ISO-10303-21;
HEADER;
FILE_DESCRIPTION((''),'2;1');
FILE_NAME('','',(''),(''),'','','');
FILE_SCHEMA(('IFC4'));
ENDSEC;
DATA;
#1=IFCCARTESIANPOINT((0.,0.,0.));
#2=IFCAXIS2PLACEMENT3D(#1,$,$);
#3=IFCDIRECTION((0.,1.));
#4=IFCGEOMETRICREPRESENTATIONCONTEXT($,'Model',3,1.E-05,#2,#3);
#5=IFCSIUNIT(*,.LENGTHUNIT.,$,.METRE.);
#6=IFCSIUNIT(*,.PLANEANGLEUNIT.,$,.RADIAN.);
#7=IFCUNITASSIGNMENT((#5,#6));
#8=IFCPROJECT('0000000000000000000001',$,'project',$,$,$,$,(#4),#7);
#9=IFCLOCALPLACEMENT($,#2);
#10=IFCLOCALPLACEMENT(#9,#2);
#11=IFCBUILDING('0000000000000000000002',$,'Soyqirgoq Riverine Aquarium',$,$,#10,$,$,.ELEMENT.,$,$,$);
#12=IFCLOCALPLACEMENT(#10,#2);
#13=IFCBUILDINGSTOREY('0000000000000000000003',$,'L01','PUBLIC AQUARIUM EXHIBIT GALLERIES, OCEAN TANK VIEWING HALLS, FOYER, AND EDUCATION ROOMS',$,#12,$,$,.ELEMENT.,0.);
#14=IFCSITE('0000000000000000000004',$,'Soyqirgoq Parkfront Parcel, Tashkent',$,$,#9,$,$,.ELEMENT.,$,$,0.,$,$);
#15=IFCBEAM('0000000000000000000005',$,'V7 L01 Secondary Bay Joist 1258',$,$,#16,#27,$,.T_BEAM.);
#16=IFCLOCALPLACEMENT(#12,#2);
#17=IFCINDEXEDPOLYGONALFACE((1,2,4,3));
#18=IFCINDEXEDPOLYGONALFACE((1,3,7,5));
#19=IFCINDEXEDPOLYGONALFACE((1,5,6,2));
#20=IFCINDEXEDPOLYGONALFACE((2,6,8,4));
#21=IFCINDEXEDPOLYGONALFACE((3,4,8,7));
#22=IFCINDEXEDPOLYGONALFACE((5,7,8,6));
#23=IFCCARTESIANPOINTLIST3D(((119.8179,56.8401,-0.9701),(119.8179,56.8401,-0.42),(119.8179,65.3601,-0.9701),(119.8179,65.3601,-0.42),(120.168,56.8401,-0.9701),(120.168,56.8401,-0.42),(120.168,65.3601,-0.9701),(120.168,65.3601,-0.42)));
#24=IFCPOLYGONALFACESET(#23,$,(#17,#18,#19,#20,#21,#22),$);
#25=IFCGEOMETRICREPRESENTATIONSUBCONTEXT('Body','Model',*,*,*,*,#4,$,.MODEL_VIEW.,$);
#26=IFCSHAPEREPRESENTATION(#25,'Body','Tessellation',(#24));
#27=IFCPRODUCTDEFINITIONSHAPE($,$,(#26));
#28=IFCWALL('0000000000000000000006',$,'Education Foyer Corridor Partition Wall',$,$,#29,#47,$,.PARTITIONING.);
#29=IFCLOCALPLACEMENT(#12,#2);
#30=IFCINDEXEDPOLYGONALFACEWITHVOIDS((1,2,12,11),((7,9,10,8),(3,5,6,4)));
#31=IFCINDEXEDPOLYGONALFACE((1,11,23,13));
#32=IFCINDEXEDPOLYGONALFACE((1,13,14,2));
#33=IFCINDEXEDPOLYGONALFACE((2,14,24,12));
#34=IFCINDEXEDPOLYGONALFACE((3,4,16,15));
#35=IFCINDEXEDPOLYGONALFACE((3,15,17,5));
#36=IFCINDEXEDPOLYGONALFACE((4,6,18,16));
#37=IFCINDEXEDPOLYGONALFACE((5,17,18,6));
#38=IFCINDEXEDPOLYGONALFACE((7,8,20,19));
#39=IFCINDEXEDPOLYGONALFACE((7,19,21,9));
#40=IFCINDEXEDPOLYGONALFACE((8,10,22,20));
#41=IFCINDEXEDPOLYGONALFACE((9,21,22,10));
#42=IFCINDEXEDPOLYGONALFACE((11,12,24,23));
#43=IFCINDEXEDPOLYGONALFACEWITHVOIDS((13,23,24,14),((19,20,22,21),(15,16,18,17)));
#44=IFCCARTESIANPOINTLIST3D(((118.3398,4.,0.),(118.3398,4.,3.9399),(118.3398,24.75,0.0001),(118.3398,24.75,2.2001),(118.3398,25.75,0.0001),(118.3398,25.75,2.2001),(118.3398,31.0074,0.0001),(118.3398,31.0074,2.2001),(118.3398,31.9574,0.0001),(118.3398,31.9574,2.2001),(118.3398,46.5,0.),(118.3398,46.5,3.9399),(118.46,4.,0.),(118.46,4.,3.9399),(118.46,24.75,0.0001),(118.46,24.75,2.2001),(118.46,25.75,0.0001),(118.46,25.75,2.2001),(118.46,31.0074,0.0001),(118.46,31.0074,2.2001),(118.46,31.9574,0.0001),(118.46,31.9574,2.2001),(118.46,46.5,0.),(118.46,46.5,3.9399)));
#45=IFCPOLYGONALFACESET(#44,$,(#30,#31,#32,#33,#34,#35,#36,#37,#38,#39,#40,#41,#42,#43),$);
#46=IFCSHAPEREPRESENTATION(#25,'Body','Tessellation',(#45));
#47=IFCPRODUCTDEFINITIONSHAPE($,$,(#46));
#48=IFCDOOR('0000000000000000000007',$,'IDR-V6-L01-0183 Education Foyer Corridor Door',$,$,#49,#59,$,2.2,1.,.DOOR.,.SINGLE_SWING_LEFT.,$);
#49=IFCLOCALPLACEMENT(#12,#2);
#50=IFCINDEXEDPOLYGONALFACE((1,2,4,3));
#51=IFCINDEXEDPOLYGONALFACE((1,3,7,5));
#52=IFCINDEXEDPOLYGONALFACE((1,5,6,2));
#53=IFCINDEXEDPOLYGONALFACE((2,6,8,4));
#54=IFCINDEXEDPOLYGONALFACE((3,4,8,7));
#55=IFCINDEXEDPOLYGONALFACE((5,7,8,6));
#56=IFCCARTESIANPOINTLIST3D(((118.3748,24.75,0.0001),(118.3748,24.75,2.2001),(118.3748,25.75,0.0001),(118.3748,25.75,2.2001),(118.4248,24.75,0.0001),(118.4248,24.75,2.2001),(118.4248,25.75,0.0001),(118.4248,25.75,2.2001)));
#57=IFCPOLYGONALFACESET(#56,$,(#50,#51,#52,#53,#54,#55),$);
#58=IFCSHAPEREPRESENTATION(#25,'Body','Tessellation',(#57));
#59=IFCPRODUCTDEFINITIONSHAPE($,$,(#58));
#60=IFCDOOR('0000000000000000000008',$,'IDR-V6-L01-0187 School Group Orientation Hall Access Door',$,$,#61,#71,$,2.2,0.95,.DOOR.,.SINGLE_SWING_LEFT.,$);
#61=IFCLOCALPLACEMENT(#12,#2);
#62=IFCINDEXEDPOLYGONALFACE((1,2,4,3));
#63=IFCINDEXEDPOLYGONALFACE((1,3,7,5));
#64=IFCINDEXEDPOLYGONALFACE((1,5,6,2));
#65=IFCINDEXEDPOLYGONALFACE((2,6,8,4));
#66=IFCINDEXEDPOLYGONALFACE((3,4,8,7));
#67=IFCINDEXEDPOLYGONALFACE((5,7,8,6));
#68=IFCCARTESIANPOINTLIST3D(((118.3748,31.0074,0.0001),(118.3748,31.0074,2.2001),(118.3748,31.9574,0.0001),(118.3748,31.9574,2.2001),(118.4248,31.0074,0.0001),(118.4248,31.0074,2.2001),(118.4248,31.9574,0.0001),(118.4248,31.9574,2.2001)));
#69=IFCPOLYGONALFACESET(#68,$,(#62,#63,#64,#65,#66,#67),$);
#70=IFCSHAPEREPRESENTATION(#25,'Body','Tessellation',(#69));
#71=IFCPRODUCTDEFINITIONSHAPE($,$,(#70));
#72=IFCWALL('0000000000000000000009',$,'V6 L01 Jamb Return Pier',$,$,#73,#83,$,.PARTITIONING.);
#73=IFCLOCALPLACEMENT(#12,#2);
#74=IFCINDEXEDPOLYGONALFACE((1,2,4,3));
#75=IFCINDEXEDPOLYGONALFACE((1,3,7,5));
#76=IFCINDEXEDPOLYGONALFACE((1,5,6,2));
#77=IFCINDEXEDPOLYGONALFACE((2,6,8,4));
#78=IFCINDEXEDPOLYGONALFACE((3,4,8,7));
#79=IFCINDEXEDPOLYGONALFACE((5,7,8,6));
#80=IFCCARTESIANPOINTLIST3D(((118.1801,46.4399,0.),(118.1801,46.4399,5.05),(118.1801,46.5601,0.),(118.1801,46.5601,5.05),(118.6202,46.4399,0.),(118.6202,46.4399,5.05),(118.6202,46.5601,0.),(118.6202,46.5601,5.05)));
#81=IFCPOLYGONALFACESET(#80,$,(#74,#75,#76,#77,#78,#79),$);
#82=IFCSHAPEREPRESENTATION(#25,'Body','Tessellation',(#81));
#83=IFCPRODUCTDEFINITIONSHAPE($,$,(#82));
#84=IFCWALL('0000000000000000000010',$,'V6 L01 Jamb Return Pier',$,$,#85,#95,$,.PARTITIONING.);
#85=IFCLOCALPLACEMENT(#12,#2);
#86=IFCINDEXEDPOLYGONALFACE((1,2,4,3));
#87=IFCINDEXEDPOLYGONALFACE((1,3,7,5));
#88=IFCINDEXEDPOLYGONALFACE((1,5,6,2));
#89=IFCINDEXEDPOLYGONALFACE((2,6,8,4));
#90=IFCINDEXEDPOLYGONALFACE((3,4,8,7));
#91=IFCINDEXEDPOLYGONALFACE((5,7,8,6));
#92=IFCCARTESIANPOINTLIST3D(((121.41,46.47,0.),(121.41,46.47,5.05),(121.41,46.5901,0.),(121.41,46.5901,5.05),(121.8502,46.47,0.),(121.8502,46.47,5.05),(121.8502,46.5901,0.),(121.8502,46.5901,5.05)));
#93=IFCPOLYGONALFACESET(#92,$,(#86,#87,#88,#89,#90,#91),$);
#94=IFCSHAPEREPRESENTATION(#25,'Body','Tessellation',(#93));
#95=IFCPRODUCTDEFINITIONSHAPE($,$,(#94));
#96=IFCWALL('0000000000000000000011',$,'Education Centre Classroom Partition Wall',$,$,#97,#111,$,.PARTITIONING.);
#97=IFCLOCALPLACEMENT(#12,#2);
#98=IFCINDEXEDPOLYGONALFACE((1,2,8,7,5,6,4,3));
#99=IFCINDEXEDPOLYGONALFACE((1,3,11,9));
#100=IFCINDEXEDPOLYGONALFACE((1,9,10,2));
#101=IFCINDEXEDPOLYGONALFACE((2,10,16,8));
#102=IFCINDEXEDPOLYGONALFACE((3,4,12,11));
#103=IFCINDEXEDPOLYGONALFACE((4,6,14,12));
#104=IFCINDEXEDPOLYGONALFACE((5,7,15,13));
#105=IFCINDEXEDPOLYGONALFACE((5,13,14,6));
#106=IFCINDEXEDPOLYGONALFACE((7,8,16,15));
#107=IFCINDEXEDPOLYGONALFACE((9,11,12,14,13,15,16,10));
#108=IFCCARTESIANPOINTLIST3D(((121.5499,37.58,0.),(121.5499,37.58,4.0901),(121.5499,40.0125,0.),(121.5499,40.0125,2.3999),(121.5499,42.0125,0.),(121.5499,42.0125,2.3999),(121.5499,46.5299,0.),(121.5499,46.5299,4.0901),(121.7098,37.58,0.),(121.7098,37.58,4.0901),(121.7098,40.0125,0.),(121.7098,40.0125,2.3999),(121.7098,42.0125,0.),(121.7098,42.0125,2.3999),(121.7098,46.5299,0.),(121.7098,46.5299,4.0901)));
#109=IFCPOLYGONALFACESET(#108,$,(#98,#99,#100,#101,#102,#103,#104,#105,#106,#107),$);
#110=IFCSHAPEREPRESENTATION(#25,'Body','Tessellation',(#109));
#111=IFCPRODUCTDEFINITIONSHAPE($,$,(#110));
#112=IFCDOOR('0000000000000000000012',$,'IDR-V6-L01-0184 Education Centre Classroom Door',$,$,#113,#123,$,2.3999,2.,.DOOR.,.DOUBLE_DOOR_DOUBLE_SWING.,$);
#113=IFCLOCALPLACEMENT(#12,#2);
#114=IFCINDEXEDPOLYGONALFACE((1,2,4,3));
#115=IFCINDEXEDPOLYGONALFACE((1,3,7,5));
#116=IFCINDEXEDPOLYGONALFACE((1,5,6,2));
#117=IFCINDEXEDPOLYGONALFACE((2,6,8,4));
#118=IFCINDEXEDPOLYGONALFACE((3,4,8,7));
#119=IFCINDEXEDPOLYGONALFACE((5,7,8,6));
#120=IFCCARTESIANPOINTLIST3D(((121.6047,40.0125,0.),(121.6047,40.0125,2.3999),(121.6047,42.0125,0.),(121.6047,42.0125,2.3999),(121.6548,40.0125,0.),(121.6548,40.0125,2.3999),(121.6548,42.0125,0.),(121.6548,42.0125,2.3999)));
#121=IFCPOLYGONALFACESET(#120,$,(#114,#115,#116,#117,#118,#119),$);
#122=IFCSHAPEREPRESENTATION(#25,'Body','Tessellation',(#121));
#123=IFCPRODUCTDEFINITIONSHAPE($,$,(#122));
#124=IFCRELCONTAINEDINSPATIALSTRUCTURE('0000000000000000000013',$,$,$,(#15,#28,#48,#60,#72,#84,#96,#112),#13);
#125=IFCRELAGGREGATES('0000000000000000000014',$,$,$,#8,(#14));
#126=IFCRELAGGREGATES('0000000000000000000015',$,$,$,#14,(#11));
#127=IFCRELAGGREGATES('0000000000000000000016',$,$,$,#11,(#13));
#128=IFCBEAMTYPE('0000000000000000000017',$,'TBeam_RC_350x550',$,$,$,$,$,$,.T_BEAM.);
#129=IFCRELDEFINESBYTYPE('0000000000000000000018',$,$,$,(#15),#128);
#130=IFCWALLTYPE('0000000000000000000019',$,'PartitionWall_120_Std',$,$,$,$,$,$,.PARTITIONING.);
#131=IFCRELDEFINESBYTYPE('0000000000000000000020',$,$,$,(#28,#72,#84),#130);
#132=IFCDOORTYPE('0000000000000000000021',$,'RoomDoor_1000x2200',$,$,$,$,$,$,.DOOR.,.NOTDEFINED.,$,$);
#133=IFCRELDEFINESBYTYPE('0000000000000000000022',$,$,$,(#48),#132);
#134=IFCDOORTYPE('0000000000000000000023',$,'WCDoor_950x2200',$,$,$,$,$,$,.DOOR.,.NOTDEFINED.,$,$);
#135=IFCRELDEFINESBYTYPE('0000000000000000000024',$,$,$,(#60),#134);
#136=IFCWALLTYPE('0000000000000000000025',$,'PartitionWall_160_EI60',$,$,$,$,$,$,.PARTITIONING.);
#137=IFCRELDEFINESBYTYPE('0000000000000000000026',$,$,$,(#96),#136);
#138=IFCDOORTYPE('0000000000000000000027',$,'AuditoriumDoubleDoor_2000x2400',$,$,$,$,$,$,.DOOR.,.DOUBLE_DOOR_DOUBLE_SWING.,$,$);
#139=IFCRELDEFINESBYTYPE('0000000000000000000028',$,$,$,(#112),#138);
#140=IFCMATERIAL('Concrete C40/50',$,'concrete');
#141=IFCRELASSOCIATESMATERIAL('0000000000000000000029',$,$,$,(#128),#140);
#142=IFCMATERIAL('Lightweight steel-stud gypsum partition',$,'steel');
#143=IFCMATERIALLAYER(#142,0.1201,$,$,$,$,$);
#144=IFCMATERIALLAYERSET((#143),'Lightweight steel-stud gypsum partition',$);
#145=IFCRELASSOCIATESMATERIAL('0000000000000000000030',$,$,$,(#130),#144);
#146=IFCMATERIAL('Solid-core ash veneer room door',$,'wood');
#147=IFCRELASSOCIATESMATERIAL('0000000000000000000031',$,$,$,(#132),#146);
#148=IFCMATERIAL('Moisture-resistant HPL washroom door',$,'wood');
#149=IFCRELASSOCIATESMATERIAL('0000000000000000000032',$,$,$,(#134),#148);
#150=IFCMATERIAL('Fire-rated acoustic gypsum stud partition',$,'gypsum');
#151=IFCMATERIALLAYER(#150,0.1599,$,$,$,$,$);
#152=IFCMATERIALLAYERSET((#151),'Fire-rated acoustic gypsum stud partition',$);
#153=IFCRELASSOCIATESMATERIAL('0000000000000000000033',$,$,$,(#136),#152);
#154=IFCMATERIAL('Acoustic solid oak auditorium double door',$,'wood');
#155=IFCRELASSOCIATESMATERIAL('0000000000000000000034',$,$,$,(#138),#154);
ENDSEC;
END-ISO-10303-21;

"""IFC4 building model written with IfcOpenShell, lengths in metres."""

from ifc_helpers import new_model, si_unit, direction, frame, frame_2d, origin, origin_2d, place, context, subcontext, project, spatial, rectangle, extrude, material, layer, layer_set, material_profile, profile_set, type_object, element, fill, save


model = new_model("IFC4")

# Units and contexts
model_context = context("Model", 3, precision=1e-05, world=origin(), true_north=direction((0.0, 1.0)))
body_context = subcontext(model_context, "Body", "Model", "MODEL_VIEW")
ifc_project = project(units=[si_unit("LENGTHUNIT", "METRE"), si_unit("PLANEANGLEUNIT", "RADIAN")], contexts=[model_context])

# Site, building, storey
site_placement = place(None, origin())
site = spatial("IfcSite", under=ifc_project, at=site_placement, Name="Soyqirgoq Parkfront Parcel, Tashkent", CompositionType="ELEMENT", RefElevation=0.0)
building_placement = place(site_placement, origin())
building = spatial("IfcBuilding", under=site, at=building_placement, Name="Soyqirgoq Riverine Aquarium", CompositionType="ELEMENT")
storey_placement = place(building_placement, origin())
storey = spatial("IfcBuildingStorey", under=building, at=storey_placement, Name="L01", Description="PUBLIC AQUARIUM EXHIBIT GALLERIES, OCEAN TANK VIEWING HALLS, FOYER, AND EDUCATION ROOMS", CompositionType="ELEMENT", Elevation=0.0)

# Beam
ifc_material_1 = material(Name="Concrete C40/50", Category="concrete")
ifc_material_profile_1 = material_profile(ifc_material_1, rectangle(XDim=0.3501, YDim=0.55, at=origin_2d()), Name="RC 350x550")
ifc_profile_set_1 = profile_set([ifc_material_profile_1], Name="Concrete C40/50")
beam_type_1 = type_object("IfcBeamType", Name="TBeam_RC_350x550", PredefinedType="T_BEAM", material=ifc_profile_set_1)
beam_1_placement = place(storey_placement, frame((119.9929, 56.8401, -0.6951), z_axis=(0.0, 1.0, 0.0), x_axis=(-1.0, 0.0, 0.0)))
element("IfcBeam", 1, at=beam_1_placement, inside=storey, type_object=beam_type_1, Name="V7 L01 Secondary Bay Joist 1258", PredefinedType="T_BEAM", context=body_context, shape_type="SweptSolid", body=[
    extrude(rectangle(XDim=0.3501, YDim=0.55, at=origin_2d()), origin(), (0.0, 0.0, 1.0), 8.52),
])

# Wall, openings, doors
ifc_material_2 = material(Name="Lightweight steel-stud gypsum partition", Category="steel")
ifc_layer_1 = layer(ifc_material_2, 0.1201)
ifc_layer_set_1 = layer_set([ifc_layer_1], Name="Lightweight steel-stud gypsum partition")
wall_type_1 = type_object("IfcWallType", Name="PartitionWall_120_Std", PredefinedType="PARTITIONING", material=ifc_layer_set_1)
wall_1_placement = place(storey_placement, frame((118.3999, 46.5, 0.0), z_axis=(0.0, 0.0, 1.0), x_axis=(0.0, -1.0, 0.0)))
wall_1 = element("IfcWall", 2, at=wall_1_placement, inside=storey, type_object=wall_type_1, Name="Education Foyer Corridor Partition Wall", PredefinedType="PARTITIONING", context=body_context, shape_type="SweptSolid", body=[
    extrude(rectangle(XDim=42.5, YDim=0.1201, at=frame_2d((21.25, 0.0))), origin(), (0.0, 0.0, 1.0), 3.9399),
])
opening_1_placement = place(wall_1_placement, frame((20.75, 0.0, 0.0)))
opening_1 = element("IfcOpeningElement", 3, at=opening_1_placement, cuts=wall_1, PredefinedType="OPENING", context=body_context, shape_type="SweptSolid", body=[
    extrude(rectangle(XDim=1.0, YDim=2.2, at=frame_2d((0.5, 1.1001))), frame((0.0, 0.0701, 0.0), z_axis=(0.0, -1.0, 0.0), x_axis=(1.0, 0.0, 0.0)), (0.0, 0.0, 1.0), 0.1401),
])
opening_2_placement = place(wall_1_placement, frame((14.5425, 0.0, 0.0)))
opening_2 = element("IfcOpeningElement", 4, at=opening_2_placement, cuts=wall_1, PredefinedType="OPENING", context=body_context, shape_type="SweptSolid", body=[
    extrude(rectangle(XDim=0.95, YDim=2.2, at=frame_2d((0.4751, 1.1001))), frame((0.0, 0.0701, 0.0), z_axis=(0.0, -1.0, 0.0), x_axis=(1.0, 0.0, 0.0)), (0.0, 0.0, 1.0), 0.1401),
])
ifc_material_3 = material(Name="Solid-core ash veneer room door", Category="wood")
door_type_1 = type_object("IfcDoorType", Name="RoomDoor_1000x2200", OperationType="NOTDEFINED", PredefinedType="DOOR", material=ifc_material_3)
door_1_placement = place(opening_1_placement, origin())
door_1 = element("IfcDoor", 5, at=door_1_placement, inside=storey, type_object=door_type_1, Name="IDR-V6-L01-0183 Education Foyer Corridor Door", OperationType="SINGLE_SWING_LEFT", OverallHeight=2.2, OverallWidth=1.0, PredefinedType="DOOR", context=body_context, shape_type="SweptSolid", body=[
    extrude(rectangle(XDim=1.0, YDim=2.2, at=frame_2d((0.5, 1.1001))), frame((0.0, 0.0249, 0.0), z_axis=(0.0, -1.0, 0.0), x_axis=(1.0, 0.0, 0.0)), (0.0, 0.0, 1.0), 0.05),
])
fill(opening_1, door_1)
ifc_material_4 = material(Name="Moisture-resistant HPL washroom door", Category="wood")
door_type_2 = type_object("IfcDoorType", Name="WCDoor_950x2200", OperationType="NOTDEFINED", PredefinedType="DOOR", material=ifc_material_4)
door_2_placement = place(opening_2_placement, origin())
door_2 = element("IfcDoor", 6, at=door_2_placement, inside=storey, type_object=door_type_2, Name="IDR-V6-L01-0187 School Group Orientation Hall Access Door", OperationType="SINGLE_SWING_LEFT", OverallHeight=2.2, OverallWidth=0.95, PredefinedType="DOOR", context=body_context, shape_type="SweptSolid", body=[
    extrude(rectangle(XDim=0.95, YDim=2.2, at=frame_2d((0.4751, 1.1001))), frame((0.0, 0.0249, 0.0), z_axis=(0.0, -1.0, 0.0), x_axis=(1.0, 0.0, 0.0)), (0.0, 0.0, 1.0), 0.05),
])
fill(opening_2, door_2)

# Walls
for number, where, z_axis, x_axis, name in (
    (7, (118.1799, 46.5, 0.0), (0.0, 0.0, 1.0), (1.0, 0.0, 0.0), "V6 L01 Jamb Return Pier"),
    (8, (121.4099, 46.53, 0.0), (0.0, 0.0, 1.0), (1.0, 0.0, 0.0), "V6 L01 Jamb Return Pier"),
):
    element("IfcWall", number, at=place(storey_placement, frame(where, z_axis=z_axis, x_axis=x_axis)), inside=storey, type_object=wall_type_1, Name=name, PredefinedType="PARTITIONING", context=body_context, shape_type="SweptSolid", body=[
        extrude(rectangle(XDim=0.4402, YDim=0.1201, at=frame_2d((0.2202, 0.0))), origin(), (0.0, 0.0, 1.0), 5.05),
    ])

# Wall, opening, door
ifc_material_5 = material(Name="Fire-rated acoustic gypsum stud partition", Category="gypsum")
ifc_layer_2 = layer(ifc_material_5, 0.1599)
ifc_layer_set_2 = layer_set([ifc_layer_2], Name="Fire-rated acoustic gypsum stud partition")
wall_type_2 = type_object("IfcWallType", Name="PartitionWall_160_EI60", PredefinedType="PARTITIONING", material=ifc_layer_set_2)
wall_2_placement = place(storey_placement, frame((121.6299, 46.53, 0.0), z_axis=(0.0, 0.0, 1.0), x_axis=(0.0, -1.0, 0.0)))
wall_2 = element("IfcWall", 9, at=wall_2_placement, inside=storey, type_object=wall_type_2, Name="Education Centre Classroom Partition Wall", PredefinedType="PARTITIONING", context=body_context, shape_type="SweptSolid", body=[
    extrude(rectangle(XDim=8.95, YDim=0.1599, at=frame_2d((4.4751, 0.0))), origin(), (0.0, 0.0, 1.0), 4.0901),
])
opening_3_placement = place(wall_2_placement, frame((4.5176, 0.0, 0.0)))
opening_3 = element("IfcOpeningElement", 10, at=opening_3_placement, cuts=wall_2, PredefinedType="OPENING", context=body_context, shape_type="SweptSolid", body=[
    extrude(rectangle(XDim=2.0, YDim=2.3999, at=frame_2d((1.0, 1.2))), frame((0.0, 0.0898, 0.0), z_axis=(0.0, -1.0, 0.0), x_axis=(1.0, 0.0, 0.0)), (0.0, 0.0, 1.0), 0.1799),
])
ifc_material_6 = material(Name="Acoustic solid oak auditorium double door", Category="wood")
door_type_3 = type_object("IfcDoorType", Name="AuditoriumDoubleDoor_2000x2400", OperationType="DOUBLE_DOOR_DOUBLE_SWING", PredefinedType="DOOR", material=ifc_material_6)
door_3_placement = place(opening_3_placement, origin())
door_3 = element("IfcDoor", 11, at=door_3_placement, inside=storey, type_object=door_type_3, Name="IDR-V6-L01-0184 Education Centre Classroom Door", OperationType="DOUBLE_DOOR_DOUBLE_SWING", OverallHeight=2.3999, OverallWidth=2.0, PredefinedType="DOOR", context=body_context, shape_type="SweptSolid", body=[
    extrude(rectangle(XDim=2.0, YDim=2.3999, at=frame_2d((1.0, 1.2))), frame((0.0, 0.0249, 0.0), z_axis=(0.0, -1.0, 0.0), x_axis=(1.0, 0.0, 0.0)), (0.0, 0.0, 1.0), 0.05),
])
fill(opening_3, door_3)

save(model, "model.ifc")
